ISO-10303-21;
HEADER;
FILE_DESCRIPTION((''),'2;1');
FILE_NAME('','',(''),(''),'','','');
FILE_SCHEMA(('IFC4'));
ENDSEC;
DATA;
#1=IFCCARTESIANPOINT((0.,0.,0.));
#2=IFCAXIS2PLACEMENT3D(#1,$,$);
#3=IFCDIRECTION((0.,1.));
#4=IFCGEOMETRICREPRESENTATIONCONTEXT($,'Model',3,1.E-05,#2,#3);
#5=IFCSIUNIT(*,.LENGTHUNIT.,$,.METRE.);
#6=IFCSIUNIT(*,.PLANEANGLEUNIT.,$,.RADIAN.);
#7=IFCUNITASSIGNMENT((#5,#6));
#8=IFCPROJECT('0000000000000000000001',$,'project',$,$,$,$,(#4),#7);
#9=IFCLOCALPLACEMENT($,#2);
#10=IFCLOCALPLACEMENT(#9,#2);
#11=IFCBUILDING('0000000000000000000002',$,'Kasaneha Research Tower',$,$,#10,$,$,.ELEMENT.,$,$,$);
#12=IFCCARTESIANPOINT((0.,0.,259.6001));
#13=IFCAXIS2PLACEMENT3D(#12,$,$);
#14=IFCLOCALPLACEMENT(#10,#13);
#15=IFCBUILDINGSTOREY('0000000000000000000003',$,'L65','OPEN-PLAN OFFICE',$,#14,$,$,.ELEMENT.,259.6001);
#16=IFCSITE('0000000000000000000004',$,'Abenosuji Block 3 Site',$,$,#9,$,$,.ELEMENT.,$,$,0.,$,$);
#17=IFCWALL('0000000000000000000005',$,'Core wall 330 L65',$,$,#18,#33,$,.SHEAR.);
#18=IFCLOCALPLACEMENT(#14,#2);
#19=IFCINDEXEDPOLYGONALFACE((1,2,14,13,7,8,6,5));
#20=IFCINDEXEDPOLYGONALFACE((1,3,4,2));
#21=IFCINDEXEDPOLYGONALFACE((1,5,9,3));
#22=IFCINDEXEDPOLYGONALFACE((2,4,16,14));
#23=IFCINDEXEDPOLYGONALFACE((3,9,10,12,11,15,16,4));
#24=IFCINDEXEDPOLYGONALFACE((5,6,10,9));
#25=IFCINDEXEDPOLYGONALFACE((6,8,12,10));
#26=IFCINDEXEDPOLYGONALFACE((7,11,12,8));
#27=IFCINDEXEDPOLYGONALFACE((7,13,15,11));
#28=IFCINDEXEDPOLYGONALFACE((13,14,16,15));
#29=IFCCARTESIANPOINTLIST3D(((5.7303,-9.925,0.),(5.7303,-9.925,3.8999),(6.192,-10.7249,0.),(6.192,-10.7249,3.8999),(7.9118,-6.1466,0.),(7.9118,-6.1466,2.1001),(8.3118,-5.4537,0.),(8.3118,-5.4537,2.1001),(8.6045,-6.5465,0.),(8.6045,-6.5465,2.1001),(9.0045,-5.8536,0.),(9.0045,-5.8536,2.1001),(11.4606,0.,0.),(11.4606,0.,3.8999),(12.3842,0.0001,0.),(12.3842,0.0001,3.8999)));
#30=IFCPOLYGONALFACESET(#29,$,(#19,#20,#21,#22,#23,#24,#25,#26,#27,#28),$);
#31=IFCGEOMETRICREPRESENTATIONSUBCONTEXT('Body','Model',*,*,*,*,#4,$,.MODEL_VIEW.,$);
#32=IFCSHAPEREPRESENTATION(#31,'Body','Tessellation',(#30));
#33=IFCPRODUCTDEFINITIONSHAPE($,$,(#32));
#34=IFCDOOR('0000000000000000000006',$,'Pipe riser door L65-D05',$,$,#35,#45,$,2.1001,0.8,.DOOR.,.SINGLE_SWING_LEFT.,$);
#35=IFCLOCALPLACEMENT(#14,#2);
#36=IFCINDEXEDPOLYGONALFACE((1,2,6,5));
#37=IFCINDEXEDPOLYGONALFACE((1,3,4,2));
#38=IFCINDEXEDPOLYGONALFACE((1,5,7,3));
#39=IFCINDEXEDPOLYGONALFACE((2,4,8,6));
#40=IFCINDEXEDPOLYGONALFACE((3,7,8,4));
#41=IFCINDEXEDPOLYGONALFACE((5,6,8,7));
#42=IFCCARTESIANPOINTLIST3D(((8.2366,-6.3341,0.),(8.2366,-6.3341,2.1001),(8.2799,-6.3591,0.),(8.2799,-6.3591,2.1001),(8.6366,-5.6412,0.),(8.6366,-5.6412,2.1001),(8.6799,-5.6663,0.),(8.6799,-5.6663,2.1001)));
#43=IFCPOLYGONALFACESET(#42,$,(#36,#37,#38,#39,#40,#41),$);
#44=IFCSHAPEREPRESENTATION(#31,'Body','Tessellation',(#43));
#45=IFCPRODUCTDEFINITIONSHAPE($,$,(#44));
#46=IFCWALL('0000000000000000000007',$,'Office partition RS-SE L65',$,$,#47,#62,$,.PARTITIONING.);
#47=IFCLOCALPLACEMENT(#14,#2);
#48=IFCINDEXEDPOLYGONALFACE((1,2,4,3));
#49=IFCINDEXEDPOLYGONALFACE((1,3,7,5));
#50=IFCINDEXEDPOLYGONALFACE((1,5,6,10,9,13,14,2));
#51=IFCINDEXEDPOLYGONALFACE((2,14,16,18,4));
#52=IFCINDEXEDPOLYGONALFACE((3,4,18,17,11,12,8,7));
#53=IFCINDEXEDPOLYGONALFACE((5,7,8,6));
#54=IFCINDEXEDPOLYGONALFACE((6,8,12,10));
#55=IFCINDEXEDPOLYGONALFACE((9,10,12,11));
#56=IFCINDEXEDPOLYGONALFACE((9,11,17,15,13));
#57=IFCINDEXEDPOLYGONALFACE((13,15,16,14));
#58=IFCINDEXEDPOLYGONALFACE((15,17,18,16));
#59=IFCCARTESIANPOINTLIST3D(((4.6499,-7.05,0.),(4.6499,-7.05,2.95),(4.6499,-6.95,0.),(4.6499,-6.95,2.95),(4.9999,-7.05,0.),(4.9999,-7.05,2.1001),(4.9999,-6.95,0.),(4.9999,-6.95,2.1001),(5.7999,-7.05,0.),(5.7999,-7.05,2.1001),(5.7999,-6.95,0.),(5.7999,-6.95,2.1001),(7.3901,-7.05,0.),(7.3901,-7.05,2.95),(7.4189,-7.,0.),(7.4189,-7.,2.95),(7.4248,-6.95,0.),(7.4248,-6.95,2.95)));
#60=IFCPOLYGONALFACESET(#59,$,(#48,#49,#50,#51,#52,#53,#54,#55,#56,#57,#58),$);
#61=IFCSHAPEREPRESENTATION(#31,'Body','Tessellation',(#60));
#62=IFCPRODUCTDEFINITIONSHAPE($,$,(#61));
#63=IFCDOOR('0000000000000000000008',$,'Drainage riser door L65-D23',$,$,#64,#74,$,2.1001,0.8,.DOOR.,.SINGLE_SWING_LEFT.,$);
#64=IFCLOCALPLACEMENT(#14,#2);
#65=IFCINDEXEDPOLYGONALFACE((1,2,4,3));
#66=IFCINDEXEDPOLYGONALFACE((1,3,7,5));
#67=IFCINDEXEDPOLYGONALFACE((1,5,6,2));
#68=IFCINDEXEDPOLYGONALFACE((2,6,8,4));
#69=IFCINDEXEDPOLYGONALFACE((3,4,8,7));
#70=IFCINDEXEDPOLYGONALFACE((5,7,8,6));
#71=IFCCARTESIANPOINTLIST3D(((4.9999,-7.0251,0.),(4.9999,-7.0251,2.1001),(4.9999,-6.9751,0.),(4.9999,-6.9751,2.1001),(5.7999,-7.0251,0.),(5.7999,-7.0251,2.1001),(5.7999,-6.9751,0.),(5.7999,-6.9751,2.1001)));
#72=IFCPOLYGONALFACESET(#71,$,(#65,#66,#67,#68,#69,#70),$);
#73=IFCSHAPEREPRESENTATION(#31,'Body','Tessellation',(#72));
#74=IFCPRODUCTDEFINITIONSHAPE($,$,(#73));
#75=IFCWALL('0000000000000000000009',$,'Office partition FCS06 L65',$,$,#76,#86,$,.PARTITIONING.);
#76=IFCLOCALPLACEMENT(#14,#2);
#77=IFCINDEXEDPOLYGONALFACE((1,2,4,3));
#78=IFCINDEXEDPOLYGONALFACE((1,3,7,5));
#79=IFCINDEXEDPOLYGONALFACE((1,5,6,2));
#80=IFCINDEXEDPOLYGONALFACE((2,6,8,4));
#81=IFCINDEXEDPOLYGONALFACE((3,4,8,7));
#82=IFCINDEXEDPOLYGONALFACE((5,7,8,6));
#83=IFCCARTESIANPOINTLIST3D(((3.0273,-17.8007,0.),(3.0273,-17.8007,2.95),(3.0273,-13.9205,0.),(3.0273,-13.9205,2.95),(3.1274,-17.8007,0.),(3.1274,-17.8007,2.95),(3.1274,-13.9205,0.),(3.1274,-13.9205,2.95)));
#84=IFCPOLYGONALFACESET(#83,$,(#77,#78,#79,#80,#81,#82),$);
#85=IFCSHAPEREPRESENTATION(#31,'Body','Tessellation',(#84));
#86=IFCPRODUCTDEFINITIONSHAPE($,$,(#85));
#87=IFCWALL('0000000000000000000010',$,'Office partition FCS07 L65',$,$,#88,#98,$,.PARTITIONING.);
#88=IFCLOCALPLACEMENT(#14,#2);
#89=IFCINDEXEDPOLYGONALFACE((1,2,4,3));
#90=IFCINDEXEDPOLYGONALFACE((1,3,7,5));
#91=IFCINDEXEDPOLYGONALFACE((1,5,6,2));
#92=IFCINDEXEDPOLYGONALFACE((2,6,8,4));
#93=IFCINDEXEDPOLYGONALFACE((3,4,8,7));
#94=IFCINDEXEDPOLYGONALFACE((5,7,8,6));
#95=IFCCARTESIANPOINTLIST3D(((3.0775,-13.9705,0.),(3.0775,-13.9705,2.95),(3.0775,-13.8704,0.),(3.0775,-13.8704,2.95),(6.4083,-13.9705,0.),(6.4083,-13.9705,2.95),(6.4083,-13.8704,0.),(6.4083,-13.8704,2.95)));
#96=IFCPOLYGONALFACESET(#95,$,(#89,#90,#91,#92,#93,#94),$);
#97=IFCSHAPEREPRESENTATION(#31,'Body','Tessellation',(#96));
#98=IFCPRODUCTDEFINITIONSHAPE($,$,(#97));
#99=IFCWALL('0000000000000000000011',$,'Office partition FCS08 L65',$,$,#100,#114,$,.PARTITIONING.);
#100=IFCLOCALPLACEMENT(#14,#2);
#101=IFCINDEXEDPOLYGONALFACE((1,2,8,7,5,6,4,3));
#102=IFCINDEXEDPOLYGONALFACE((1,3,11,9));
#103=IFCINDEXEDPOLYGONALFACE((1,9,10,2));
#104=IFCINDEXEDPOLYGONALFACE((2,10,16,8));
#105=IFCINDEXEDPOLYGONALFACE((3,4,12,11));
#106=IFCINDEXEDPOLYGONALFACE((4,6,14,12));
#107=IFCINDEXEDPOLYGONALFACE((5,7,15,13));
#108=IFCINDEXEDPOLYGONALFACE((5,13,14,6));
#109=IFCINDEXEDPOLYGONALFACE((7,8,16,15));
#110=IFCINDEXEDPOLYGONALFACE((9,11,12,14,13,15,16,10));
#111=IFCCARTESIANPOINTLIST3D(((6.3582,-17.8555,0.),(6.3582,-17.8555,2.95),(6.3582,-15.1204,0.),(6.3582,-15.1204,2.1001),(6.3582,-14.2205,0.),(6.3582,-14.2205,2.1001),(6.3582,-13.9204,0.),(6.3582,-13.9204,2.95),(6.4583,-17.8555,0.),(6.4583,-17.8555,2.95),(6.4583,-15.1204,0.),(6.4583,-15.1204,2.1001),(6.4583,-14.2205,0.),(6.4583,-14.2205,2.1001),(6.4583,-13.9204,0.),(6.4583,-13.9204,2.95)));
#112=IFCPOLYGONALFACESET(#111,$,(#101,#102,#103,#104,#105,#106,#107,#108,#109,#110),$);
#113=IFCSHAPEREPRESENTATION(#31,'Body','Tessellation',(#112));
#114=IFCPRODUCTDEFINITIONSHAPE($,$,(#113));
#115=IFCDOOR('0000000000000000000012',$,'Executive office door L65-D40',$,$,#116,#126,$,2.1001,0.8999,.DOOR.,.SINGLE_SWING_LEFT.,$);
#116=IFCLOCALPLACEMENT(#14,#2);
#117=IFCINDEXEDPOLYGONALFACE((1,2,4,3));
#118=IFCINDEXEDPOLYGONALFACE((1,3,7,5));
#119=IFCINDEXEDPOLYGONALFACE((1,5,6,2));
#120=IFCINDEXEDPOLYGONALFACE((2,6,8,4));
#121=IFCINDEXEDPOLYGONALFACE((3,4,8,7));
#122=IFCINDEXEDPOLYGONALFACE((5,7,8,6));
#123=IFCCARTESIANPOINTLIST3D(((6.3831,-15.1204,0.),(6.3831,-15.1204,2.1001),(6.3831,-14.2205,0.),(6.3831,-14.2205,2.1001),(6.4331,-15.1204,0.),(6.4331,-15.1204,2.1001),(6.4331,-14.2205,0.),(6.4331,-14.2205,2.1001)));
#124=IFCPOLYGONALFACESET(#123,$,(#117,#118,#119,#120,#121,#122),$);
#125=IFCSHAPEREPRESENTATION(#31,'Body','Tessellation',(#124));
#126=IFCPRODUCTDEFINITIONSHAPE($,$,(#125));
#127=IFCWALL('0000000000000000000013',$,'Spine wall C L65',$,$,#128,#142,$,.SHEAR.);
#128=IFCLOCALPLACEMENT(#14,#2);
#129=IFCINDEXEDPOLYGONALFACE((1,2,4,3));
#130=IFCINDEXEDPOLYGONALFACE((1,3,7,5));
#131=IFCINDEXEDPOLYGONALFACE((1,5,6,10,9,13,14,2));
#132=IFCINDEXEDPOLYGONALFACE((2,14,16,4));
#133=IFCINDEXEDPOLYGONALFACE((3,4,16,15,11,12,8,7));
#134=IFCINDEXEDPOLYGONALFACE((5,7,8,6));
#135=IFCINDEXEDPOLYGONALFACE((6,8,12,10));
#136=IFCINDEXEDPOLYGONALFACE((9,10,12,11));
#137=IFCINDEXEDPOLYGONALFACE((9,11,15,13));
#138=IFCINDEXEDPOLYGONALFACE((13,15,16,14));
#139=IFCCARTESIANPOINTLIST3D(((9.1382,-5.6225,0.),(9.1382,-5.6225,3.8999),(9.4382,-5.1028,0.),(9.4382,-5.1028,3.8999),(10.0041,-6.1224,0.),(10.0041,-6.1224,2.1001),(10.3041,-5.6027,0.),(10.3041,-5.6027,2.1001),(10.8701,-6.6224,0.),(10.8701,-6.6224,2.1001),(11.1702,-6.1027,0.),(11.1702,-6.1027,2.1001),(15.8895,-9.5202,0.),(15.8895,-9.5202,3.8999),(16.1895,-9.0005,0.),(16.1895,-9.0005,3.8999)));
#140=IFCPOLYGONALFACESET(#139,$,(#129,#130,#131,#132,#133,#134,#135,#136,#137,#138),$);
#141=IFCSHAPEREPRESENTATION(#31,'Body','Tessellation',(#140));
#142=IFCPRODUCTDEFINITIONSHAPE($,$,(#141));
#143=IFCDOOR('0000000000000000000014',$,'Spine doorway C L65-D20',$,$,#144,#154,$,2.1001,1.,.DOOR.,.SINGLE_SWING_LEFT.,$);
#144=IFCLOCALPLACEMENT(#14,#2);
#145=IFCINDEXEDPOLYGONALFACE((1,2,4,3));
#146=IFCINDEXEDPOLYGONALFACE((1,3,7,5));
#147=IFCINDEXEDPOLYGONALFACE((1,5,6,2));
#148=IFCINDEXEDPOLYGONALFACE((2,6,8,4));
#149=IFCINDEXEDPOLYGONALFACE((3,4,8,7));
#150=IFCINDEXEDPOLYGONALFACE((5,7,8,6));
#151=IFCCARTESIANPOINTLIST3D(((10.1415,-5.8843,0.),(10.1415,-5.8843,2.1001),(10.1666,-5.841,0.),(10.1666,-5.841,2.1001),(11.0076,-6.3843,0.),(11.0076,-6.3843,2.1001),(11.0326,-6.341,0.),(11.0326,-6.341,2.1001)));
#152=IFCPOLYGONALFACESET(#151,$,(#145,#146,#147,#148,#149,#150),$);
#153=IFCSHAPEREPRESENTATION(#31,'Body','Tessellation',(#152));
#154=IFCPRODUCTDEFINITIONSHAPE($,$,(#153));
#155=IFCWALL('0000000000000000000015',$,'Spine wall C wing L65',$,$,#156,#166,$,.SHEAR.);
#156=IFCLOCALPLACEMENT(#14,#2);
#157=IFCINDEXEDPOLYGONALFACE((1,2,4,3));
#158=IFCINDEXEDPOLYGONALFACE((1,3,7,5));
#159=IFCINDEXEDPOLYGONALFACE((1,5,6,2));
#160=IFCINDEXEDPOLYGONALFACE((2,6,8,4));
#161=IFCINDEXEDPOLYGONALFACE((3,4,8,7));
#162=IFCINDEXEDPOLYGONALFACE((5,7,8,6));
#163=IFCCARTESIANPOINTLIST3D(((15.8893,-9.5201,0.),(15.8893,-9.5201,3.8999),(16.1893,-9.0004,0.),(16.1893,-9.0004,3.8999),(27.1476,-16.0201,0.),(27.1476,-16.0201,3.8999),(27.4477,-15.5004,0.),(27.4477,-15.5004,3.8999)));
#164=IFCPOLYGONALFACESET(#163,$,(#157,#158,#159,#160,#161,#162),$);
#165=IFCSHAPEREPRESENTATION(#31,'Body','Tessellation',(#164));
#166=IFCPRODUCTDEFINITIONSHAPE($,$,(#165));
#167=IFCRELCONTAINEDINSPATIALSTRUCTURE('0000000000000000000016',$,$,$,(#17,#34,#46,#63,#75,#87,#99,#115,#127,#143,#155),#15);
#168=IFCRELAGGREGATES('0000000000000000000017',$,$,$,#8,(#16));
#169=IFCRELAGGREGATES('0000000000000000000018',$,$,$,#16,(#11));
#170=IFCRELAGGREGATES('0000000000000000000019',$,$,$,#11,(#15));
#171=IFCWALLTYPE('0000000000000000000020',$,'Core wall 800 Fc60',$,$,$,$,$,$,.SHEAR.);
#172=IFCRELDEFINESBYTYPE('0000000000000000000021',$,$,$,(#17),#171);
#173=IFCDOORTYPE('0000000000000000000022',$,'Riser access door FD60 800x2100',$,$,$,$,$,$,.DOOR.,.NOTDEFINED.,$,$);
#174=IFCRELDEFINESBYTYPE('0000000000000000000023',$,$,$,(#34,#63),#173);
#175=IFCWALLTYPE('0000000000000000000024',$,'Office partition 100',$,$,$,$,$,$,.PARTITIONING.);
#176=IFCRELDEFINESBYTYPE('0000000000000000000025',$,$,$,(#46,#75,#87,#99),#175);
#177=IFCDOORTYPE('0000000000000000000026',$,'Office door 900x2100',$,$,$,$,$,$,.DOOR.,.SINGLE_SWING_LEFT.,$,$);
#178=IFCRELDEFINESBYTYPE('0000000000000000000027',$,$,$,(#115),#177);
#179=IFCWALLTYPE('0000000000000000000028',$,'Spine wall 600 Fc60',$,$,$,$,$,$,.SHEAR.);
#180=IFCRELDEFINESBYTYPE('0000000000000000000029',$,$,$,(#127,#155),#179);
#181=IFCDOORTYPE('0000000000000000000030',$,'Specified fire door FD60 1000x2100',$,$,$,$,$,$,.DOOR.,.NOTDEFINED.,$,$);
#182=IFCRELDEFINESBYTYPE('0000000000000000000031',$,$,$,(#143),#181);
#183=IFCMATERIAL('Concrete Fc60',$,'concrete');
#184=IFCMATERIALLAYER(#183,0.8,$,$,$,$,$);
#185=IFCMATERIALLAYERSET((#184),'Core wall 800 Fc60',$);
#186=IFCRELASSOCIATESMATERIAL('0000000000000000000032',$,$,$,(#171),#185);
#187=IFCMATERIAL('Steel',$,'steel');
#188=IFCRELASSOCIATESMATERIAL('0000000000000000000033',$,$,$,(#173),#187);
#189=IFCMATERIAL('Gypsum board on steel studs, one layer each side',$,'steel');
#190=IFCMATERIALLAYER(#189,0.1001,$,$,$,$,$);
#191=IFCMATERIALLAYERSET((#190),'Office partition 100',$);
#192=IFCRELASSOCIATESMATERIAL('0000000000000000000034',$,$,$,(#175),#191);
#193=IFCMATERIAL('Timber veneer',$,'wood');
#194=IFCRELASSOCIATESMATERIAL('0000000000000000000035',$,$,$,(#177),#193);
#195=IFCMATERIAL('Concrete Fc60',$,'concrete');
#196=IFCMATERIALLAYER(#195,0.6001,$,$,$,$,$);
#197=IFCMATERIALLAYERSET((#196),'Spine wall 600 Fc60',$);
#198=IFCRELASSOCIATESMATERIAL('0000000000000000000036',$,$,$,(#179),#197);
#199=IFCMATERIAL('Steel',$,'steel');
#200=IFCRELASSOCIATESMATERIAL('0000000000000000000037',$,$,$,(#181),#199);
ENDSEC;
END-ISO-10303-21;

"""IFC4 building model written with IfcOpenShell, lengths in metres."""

from ifc_helpers import new_model, si_unit, direction, frame, frame_2d, origin, place, context, subcontext, project, spatial, polyline, rectangle, outline, extrude, material, layer, layer_set, type_object, element, fill, save


model = new_model("IFC4")

# Units and contexts
model_context = context("Model", 3, precision=1e-05, world=origin(), true_north=direction((0.0, 1.0)))
body_context = subcontext(model_context, "Body", "Model", "MODEL_VIEW")
ifc_project = project(units=[si_unit("LENGTHUNIT", "METRE"), si_unit("PLANEANGLEUNIT", "RADIAN")], contexts=[model_context])

# Site, building, storey
site_placement = place(None, origin())
site = spatial("IfcSite", under=ifc_project, at=site_placement, Name="Abenosuji Block 3 Site", CompositionType="ELEMENT", RefElevation=0.0)
building_placement = place(site_placement, origin())
building = spatial("IfcBuilding", under=site, at=building_placement, Name="Kasaneha Research Tower", CompositionType="ELEMENT")
storey_placement = place(building_placement, frame((0.0, 0.0, 259.6001)))
storey = spatial("IfcBuildingStorey", under=building, at=storey_placement, Name="L65", Description="OPEN-PLAN OFFICE", CompositionType="ELEMENT", Elevation=259.6001)

# Walls, openings, doors
ifc_material_1 = material(Name="Concrete Fc60", Category="concrete")
ifc_layer_1 = layer(ifc_material_1, 0.8)
ifc_layer_set_1 = layer_set([ifc_layer_1], Name="Core wall 800 Fc60")
wall_type_1 = type_object("IfcWallType", Name="Core wall 800 Fc60", PredefinedType="SHEAR", material=ifc_layer_set_1)
wall_1_placement = place(storey_placement, frame((5.9612, -10.325, 0.0), z_axis=(0.0, 0.0, 1.0), x_axis=(0.500004, 0.866023, 0.0)))
wall_1 = element("IfcWall", 1, at=wall_1_placement, inside=storey, type_object=wall_type_1, Name="Core wall 330 L65", PredefinedType="SHEAR", context=body_context, shape_type="SweptSolid", body=[
    extrude(outline(polyline([(-0.231, -0.3999), (4.594, -0.3999), (5.394, -0.3999), (12.1533, -0.3999), (11.6914, 0.3999), (5.394, 0.3999), (4.594, 0.3999), (0.231, 0.3999), (-0.231, -0.3999)])), origin(), (0.0, 0.0, 1.0), 3.8999),
])
opening_1_placement = place(wall_1_placement, frame((4.594, 0.0, 0.0)))
opening_1 = element("IfcOpeningElement", 2, at=opening_1_placement, cuts=wall_1, PredefinedType="OPENING", context=body_context, shape_type="SweptSolid", body=[
    extrude(rectangle(XDim=0.8, YDim=2.1001, at=frame_2d((0.3999, 1.05))), frame((0.0, 0.4102, 0.0), z_axis=(0.0, -1.0, 0.0), x_axis=(1.0, 0.0, 0.0)), (0.0, 0.0, 1.0), 0.8201),
])
ifc_material_2 = material(Name="Steel", Category="steel")
door_type_1 = type_object("IfcDoorType", Name="Riser access door FD60 800x2100", OperationType="NOTDEFINED", PredefinedType="DOOR", material=ifc_material_2)
door_1_placement = place(opening_1_placement, origin())
door_1 = element("IfcDoor", 3, at=door_1_placement, inside=storey, type_object=door_type_1, Name="Pipe riser door L65-D05", OperationType="SINGLE_SWING_LEFT", OverallHeight=2.1001, OverallWidth=0.8, PredefinedType="DOOR", context=body_context, shape_type="SweptSolid", body=[
    extrude(rectangle(XDim=0.8, YDim=2.1001, at=frame_2d((0.3999, 1.05))), frame((0.0, 0.0249, 0.0), z_axis=(0.0, -1.0, 0.0), x_axis=(1.0, 0.0, 0.0)), (0.0, 0.0, 1.0), 0.05),
])
fill(opening_1, door_1)
ifc_material_3 = material(Name="Gypsum board on steel studs, one layer each side", Category="steel")
ifc_layer_2 = layer(ifc_material_3, 0.1001)
ifc_layer_set_2 = layer_set([ifc_layer_2], Name="Office partition 100")
wall_type_2 = type_object("IfcWallType", Name="Office partition 100", PredefinedType="PARTITIONING", material=ifc_layer_set_2)
wall_2_placement = place(storey_placement, frame((4.6499, -7.0, 0.0), z_axis=(0.0, 0.0, 1.0), x_axis=(1.0, 0.0, 0.0)))
wall_2 = element("IfcWall", 4, at=wall_2_placement, inside=storey, type_object=wall_type_2, Name="Office partition RS-SE L65", PredefinedType="PARTITIONING", context=body_context, shape_type="SweptSolid", body=[
    extrude(outline(polyline([(0.0, -0.05), (0.3501, -0.05), (1.1501, -0.05), (2.7402, -0.05), (2.769, 0.0), (2.7749, 0.05), (1.1501, 0.05), (0.3501, 0.05), (0.0, 0.05), (0.0, -0.05)])), origin(), (0.0, 0.0, 1.0), 2.95),
])
opening_2_placement = place(wall_2_placement, frame((0.3501, 0.0, 0.0)))
opening_2 = element("IfcOpeningElement", 5, at=opening_2_placement, cuts=wall_2, PredefinedType="OPENING", context=body_context, shape_type="SweptSolid", body=[
    extrude(rectangle(XDim=0.8, YDim=2.1001, at=frame_2d((0.3999, 1.05))), frame((0.0, 0.0601, 0.0), z_axis=(0.0, -1.0, 0.0), x_axis=(1.0, 0.0, 0.0)), (0.0, 0.0, 1.0), 0.1201),
])
door_2_placement = place(opening_2_placement, origin())
door_2 = element("IfcDoor", 6, at=door_2_placement, inside=storey, type_object=door_type_1, Name="Drainage riser door L65-D23", OperationType="SINGLE_SWING_LEFT", OverallHeight=2.1001, OverallWidth=0.8, PredefinedType="DOOR", context=body_context, shape_type="SweptSolid", body=[
    extrude(rectangle(XDim=0.8, YDim=2.1001, at=frame_2d((0.3999, 1.05))), frame((0.0, 0.0249, 0.0), z_axis=(0.0, -1.0, 0.0), x_axis=(1.0, 0.0, 0.0)), (0.0, 0.0, 1.0), 0.05),
])
fill(opening_2, door_2)

# Walls
wall_3_placement = place(storey_placement, frame((3.0774, -17.8005, 0.0), z_axis=(0.0, 0.0, 1.0), x_axis=(0.0, 1.0, 0.0)))
element("IfcWall", 7, at=wall_3_placement, inside=storey, type_object=wall_type_2, Name="Office partition FCS06 L65", PredefinedType="PARTITIONING", context=body_context, shape_type="SweptSolid", body=[
    extrude(rectangle(XDim=3.8801, YDim=0.1001, at=frame_2d((1.9399, 0.0))), origin(), (0.0, 0.0, 1.0), 2.95),
])
wall_4_placement = place(storey_placement, frame((3.0774, -13.9204, 0.0), z_axis=(0.0, 0.0, 1.0), x_axis=(1.0, 0.0, 0.0)))
element("IfcWall", 8, at=wall_4_placement, inside=storey, type_object=wall_type_2, Name="Office partition FCS07 L65", PredefinedType="PARTITIONING", context=body_context, shape_type="SweptSolid", body=[
    extrude(rectangle(XDim=3.3308, YDim=0.1001, at=frame_2d((1.6655, 0.0))), origin(), (0.0, 0.0, 1.0), 2.95),
])

# Walls, openings, doors
wall_5_placement = place(storey_placement, frame((6.4082, -13.9204, 0.0), z_axis=(0.0, 0.0, 1.0), x_axis=(0.0, -1.0, 0.0)))
wall_5 = element("IfcWall", 9, at=wall_5_placement, inside=storey, type_object=wall_type_2, Name="Office partition FCS08 L65", PredefinedType="PARTITIONING", context=body_context, shape_type="SweptSolid", body=[
    extrude(rectangle(XDim=3.9351, YDim=0.1001, at=frame_2d((1.9675, 0.0))), origin(), (0.0, 0.0, 1.0), 2.95),
])
opening_3_placement = place(wall_5_placement, frame((0.3, 0.0, 0.0)))
opening_3 = element("IfcOpeningElement", 10, at=opening_3_placement, cuts=wall_5, PredefinedType="OPENING", context=body_context, shape_type="SweptSolid", body=[
    extrude(rectangle(XDim=0.8999, YDim=2.1001, at=frame_2d((0.45, 1.05))), frame((0.0, 0.0601, 0.0), z_axis=(0.0, -1.0, 0.0), x_axis=(1.0, 0.0, 0.0)), (0.0, 0.0, 1.0), 0.1201),
])
ifc_material_4 = material(Name="Timber veneer", Category="wood")
door_type_2 = type_object("IfcDoorType", Name="Office door 900x2100", OperationType="SINGLE_SWING_LEFT", PredefinedType="DOOR", material=ifc_material_4)
door_3_placement = place(opening_3_placement, origin())
door_3 = element("IfcDoor", 11, at=door_3_placement, inside=storey, type_object=door_type_2, Name="Executive office door L65-D40", OperationType="SINGLE_SWING_LEFT", OverallHeight=2.1001, OverallWidth=0.8999, PredefinedType="DOOR", context=body_context, shape_type="SweptSolid", body=[
    extrude(rectangle(XDim=0.8999, YDim=2.1001, at=frame_2d((0.45, 1.05))), frame((0.0, 0.0249, 0.0), z_axis=(0.0, -1.0, 0.0), x_axis=(1.0, 0.0, 0.0)), (0.0, 0.0, 1.0), 0.05),
])
fill(opening_3, door_3)
ifc_material_5 = material(Name="Concrete Fc60", Category="concrete")
ifc_layer_3 = layer(ifc_material_5, 0.6001)
ifc_layer_set_3 = layer_set([ifc_layer_3], Name="Spine wall 600 Fc60")
wall_type_3 = type_object("IfcWallType", Name="Spine wall 600 Fc60", PredefinedType="SHEAR", material=ifc_layer_set_3)
wall_6_placement = place(storey_placement, frame((9.2881, -5.3625, 0.0), z_axis=(0.0, 0.0, 1.0), x_axis=(0.866032, -0.499989, 0.0)))
wall_6 = element("IfcWall", 12, at=wall_6_placement, inside=storey, type_object=wall_type_3, Name="Spine wall C L65", PredefinedType="SHEAR", context=body_context, shape_type="SweptSolid", body=[
    extrude(rectangle(XDim=7.7957, YDim=0.6001, at=frame_2d((3.8979, 0.0))), origin(), (0.0, 0.0, 1.0), 3.8999),
])
opening_4_placement = place(wall_6_placement, frame((1.0, 0.0, 0.0)))
opening_4 = element("IfcOpeningElement", 13, at=opening_4_placement, cuts=wall_6, PredefinedType="OPENING", context=body_context, shape_type="SweptSolid", body=[
    extrude(rectangle(XDim=1.0, YDim=2.1001, at=frame_2d((0.5, 1.05))), frame((0.0, 0.3101, 0.0), z_axis=(0.0, -1.0, 0.0), x_axis=(1.0, 0.0, 0.0)), (0.0, 0.0, 1.0), 0.6201),
])
ifc_material_6 = material(Name="Steel", Category="steel")
door_type_3 = type_object("IfcDoorType", Name="Specified fire door FD60 1000x2100", OperationType="NOTDEFINED", PredefinedType="DOOR", material=ifc_material_6)
door_4_placement = place(opening_4_placement, origin())
door_4 = element("IfcDoor", 14, at=door_4_placement, inside=storey, type_object=door_type_3, Name="Spine doorway C L65-D20", OperationType="SINGLE_SWING_LEFT", OverallHeight=2.1001, OverallWidth=1.0, PredefinedType="DOOR", context=body_context, shape_type="SweptSolid", body=[
    extrude(rectangle(XDim=1.0, YDim=2.1001, at=frame_2d((0.5, 1.05))), frame((0.0, 0.0249, 0.0), z_axis=(0.0, -1.0, 0.0), x_axis=(1.0, 0.0, 0.0)), (0.0, 0.0, 1.0), 0.05),
])
fill(opening_4, door_4)

# Wall
wall_7_placement = place(storey_placement, frame((16.0393, -9.2603, 0.0), z_axis=(0.0, 0.0, 1.0), x_axis=(0.866025, -0.500001, 0.0)))
element("IfcWall", 15, at=wall_7_placement, inside=storey, type_object=wall_type_3, Name="Spine wall C wing L65", PredefinedType="SHEAR", context=body_context, shape_type="SweptSolid", body=[
    extrude(rectangle(XDim=13.0, YDim=0.6001, at=frame_2d((6.5, 0.0))), origin(), (0.0, 0.0, 1.0), 3.8999),
])

save(model, "model.ifc")
